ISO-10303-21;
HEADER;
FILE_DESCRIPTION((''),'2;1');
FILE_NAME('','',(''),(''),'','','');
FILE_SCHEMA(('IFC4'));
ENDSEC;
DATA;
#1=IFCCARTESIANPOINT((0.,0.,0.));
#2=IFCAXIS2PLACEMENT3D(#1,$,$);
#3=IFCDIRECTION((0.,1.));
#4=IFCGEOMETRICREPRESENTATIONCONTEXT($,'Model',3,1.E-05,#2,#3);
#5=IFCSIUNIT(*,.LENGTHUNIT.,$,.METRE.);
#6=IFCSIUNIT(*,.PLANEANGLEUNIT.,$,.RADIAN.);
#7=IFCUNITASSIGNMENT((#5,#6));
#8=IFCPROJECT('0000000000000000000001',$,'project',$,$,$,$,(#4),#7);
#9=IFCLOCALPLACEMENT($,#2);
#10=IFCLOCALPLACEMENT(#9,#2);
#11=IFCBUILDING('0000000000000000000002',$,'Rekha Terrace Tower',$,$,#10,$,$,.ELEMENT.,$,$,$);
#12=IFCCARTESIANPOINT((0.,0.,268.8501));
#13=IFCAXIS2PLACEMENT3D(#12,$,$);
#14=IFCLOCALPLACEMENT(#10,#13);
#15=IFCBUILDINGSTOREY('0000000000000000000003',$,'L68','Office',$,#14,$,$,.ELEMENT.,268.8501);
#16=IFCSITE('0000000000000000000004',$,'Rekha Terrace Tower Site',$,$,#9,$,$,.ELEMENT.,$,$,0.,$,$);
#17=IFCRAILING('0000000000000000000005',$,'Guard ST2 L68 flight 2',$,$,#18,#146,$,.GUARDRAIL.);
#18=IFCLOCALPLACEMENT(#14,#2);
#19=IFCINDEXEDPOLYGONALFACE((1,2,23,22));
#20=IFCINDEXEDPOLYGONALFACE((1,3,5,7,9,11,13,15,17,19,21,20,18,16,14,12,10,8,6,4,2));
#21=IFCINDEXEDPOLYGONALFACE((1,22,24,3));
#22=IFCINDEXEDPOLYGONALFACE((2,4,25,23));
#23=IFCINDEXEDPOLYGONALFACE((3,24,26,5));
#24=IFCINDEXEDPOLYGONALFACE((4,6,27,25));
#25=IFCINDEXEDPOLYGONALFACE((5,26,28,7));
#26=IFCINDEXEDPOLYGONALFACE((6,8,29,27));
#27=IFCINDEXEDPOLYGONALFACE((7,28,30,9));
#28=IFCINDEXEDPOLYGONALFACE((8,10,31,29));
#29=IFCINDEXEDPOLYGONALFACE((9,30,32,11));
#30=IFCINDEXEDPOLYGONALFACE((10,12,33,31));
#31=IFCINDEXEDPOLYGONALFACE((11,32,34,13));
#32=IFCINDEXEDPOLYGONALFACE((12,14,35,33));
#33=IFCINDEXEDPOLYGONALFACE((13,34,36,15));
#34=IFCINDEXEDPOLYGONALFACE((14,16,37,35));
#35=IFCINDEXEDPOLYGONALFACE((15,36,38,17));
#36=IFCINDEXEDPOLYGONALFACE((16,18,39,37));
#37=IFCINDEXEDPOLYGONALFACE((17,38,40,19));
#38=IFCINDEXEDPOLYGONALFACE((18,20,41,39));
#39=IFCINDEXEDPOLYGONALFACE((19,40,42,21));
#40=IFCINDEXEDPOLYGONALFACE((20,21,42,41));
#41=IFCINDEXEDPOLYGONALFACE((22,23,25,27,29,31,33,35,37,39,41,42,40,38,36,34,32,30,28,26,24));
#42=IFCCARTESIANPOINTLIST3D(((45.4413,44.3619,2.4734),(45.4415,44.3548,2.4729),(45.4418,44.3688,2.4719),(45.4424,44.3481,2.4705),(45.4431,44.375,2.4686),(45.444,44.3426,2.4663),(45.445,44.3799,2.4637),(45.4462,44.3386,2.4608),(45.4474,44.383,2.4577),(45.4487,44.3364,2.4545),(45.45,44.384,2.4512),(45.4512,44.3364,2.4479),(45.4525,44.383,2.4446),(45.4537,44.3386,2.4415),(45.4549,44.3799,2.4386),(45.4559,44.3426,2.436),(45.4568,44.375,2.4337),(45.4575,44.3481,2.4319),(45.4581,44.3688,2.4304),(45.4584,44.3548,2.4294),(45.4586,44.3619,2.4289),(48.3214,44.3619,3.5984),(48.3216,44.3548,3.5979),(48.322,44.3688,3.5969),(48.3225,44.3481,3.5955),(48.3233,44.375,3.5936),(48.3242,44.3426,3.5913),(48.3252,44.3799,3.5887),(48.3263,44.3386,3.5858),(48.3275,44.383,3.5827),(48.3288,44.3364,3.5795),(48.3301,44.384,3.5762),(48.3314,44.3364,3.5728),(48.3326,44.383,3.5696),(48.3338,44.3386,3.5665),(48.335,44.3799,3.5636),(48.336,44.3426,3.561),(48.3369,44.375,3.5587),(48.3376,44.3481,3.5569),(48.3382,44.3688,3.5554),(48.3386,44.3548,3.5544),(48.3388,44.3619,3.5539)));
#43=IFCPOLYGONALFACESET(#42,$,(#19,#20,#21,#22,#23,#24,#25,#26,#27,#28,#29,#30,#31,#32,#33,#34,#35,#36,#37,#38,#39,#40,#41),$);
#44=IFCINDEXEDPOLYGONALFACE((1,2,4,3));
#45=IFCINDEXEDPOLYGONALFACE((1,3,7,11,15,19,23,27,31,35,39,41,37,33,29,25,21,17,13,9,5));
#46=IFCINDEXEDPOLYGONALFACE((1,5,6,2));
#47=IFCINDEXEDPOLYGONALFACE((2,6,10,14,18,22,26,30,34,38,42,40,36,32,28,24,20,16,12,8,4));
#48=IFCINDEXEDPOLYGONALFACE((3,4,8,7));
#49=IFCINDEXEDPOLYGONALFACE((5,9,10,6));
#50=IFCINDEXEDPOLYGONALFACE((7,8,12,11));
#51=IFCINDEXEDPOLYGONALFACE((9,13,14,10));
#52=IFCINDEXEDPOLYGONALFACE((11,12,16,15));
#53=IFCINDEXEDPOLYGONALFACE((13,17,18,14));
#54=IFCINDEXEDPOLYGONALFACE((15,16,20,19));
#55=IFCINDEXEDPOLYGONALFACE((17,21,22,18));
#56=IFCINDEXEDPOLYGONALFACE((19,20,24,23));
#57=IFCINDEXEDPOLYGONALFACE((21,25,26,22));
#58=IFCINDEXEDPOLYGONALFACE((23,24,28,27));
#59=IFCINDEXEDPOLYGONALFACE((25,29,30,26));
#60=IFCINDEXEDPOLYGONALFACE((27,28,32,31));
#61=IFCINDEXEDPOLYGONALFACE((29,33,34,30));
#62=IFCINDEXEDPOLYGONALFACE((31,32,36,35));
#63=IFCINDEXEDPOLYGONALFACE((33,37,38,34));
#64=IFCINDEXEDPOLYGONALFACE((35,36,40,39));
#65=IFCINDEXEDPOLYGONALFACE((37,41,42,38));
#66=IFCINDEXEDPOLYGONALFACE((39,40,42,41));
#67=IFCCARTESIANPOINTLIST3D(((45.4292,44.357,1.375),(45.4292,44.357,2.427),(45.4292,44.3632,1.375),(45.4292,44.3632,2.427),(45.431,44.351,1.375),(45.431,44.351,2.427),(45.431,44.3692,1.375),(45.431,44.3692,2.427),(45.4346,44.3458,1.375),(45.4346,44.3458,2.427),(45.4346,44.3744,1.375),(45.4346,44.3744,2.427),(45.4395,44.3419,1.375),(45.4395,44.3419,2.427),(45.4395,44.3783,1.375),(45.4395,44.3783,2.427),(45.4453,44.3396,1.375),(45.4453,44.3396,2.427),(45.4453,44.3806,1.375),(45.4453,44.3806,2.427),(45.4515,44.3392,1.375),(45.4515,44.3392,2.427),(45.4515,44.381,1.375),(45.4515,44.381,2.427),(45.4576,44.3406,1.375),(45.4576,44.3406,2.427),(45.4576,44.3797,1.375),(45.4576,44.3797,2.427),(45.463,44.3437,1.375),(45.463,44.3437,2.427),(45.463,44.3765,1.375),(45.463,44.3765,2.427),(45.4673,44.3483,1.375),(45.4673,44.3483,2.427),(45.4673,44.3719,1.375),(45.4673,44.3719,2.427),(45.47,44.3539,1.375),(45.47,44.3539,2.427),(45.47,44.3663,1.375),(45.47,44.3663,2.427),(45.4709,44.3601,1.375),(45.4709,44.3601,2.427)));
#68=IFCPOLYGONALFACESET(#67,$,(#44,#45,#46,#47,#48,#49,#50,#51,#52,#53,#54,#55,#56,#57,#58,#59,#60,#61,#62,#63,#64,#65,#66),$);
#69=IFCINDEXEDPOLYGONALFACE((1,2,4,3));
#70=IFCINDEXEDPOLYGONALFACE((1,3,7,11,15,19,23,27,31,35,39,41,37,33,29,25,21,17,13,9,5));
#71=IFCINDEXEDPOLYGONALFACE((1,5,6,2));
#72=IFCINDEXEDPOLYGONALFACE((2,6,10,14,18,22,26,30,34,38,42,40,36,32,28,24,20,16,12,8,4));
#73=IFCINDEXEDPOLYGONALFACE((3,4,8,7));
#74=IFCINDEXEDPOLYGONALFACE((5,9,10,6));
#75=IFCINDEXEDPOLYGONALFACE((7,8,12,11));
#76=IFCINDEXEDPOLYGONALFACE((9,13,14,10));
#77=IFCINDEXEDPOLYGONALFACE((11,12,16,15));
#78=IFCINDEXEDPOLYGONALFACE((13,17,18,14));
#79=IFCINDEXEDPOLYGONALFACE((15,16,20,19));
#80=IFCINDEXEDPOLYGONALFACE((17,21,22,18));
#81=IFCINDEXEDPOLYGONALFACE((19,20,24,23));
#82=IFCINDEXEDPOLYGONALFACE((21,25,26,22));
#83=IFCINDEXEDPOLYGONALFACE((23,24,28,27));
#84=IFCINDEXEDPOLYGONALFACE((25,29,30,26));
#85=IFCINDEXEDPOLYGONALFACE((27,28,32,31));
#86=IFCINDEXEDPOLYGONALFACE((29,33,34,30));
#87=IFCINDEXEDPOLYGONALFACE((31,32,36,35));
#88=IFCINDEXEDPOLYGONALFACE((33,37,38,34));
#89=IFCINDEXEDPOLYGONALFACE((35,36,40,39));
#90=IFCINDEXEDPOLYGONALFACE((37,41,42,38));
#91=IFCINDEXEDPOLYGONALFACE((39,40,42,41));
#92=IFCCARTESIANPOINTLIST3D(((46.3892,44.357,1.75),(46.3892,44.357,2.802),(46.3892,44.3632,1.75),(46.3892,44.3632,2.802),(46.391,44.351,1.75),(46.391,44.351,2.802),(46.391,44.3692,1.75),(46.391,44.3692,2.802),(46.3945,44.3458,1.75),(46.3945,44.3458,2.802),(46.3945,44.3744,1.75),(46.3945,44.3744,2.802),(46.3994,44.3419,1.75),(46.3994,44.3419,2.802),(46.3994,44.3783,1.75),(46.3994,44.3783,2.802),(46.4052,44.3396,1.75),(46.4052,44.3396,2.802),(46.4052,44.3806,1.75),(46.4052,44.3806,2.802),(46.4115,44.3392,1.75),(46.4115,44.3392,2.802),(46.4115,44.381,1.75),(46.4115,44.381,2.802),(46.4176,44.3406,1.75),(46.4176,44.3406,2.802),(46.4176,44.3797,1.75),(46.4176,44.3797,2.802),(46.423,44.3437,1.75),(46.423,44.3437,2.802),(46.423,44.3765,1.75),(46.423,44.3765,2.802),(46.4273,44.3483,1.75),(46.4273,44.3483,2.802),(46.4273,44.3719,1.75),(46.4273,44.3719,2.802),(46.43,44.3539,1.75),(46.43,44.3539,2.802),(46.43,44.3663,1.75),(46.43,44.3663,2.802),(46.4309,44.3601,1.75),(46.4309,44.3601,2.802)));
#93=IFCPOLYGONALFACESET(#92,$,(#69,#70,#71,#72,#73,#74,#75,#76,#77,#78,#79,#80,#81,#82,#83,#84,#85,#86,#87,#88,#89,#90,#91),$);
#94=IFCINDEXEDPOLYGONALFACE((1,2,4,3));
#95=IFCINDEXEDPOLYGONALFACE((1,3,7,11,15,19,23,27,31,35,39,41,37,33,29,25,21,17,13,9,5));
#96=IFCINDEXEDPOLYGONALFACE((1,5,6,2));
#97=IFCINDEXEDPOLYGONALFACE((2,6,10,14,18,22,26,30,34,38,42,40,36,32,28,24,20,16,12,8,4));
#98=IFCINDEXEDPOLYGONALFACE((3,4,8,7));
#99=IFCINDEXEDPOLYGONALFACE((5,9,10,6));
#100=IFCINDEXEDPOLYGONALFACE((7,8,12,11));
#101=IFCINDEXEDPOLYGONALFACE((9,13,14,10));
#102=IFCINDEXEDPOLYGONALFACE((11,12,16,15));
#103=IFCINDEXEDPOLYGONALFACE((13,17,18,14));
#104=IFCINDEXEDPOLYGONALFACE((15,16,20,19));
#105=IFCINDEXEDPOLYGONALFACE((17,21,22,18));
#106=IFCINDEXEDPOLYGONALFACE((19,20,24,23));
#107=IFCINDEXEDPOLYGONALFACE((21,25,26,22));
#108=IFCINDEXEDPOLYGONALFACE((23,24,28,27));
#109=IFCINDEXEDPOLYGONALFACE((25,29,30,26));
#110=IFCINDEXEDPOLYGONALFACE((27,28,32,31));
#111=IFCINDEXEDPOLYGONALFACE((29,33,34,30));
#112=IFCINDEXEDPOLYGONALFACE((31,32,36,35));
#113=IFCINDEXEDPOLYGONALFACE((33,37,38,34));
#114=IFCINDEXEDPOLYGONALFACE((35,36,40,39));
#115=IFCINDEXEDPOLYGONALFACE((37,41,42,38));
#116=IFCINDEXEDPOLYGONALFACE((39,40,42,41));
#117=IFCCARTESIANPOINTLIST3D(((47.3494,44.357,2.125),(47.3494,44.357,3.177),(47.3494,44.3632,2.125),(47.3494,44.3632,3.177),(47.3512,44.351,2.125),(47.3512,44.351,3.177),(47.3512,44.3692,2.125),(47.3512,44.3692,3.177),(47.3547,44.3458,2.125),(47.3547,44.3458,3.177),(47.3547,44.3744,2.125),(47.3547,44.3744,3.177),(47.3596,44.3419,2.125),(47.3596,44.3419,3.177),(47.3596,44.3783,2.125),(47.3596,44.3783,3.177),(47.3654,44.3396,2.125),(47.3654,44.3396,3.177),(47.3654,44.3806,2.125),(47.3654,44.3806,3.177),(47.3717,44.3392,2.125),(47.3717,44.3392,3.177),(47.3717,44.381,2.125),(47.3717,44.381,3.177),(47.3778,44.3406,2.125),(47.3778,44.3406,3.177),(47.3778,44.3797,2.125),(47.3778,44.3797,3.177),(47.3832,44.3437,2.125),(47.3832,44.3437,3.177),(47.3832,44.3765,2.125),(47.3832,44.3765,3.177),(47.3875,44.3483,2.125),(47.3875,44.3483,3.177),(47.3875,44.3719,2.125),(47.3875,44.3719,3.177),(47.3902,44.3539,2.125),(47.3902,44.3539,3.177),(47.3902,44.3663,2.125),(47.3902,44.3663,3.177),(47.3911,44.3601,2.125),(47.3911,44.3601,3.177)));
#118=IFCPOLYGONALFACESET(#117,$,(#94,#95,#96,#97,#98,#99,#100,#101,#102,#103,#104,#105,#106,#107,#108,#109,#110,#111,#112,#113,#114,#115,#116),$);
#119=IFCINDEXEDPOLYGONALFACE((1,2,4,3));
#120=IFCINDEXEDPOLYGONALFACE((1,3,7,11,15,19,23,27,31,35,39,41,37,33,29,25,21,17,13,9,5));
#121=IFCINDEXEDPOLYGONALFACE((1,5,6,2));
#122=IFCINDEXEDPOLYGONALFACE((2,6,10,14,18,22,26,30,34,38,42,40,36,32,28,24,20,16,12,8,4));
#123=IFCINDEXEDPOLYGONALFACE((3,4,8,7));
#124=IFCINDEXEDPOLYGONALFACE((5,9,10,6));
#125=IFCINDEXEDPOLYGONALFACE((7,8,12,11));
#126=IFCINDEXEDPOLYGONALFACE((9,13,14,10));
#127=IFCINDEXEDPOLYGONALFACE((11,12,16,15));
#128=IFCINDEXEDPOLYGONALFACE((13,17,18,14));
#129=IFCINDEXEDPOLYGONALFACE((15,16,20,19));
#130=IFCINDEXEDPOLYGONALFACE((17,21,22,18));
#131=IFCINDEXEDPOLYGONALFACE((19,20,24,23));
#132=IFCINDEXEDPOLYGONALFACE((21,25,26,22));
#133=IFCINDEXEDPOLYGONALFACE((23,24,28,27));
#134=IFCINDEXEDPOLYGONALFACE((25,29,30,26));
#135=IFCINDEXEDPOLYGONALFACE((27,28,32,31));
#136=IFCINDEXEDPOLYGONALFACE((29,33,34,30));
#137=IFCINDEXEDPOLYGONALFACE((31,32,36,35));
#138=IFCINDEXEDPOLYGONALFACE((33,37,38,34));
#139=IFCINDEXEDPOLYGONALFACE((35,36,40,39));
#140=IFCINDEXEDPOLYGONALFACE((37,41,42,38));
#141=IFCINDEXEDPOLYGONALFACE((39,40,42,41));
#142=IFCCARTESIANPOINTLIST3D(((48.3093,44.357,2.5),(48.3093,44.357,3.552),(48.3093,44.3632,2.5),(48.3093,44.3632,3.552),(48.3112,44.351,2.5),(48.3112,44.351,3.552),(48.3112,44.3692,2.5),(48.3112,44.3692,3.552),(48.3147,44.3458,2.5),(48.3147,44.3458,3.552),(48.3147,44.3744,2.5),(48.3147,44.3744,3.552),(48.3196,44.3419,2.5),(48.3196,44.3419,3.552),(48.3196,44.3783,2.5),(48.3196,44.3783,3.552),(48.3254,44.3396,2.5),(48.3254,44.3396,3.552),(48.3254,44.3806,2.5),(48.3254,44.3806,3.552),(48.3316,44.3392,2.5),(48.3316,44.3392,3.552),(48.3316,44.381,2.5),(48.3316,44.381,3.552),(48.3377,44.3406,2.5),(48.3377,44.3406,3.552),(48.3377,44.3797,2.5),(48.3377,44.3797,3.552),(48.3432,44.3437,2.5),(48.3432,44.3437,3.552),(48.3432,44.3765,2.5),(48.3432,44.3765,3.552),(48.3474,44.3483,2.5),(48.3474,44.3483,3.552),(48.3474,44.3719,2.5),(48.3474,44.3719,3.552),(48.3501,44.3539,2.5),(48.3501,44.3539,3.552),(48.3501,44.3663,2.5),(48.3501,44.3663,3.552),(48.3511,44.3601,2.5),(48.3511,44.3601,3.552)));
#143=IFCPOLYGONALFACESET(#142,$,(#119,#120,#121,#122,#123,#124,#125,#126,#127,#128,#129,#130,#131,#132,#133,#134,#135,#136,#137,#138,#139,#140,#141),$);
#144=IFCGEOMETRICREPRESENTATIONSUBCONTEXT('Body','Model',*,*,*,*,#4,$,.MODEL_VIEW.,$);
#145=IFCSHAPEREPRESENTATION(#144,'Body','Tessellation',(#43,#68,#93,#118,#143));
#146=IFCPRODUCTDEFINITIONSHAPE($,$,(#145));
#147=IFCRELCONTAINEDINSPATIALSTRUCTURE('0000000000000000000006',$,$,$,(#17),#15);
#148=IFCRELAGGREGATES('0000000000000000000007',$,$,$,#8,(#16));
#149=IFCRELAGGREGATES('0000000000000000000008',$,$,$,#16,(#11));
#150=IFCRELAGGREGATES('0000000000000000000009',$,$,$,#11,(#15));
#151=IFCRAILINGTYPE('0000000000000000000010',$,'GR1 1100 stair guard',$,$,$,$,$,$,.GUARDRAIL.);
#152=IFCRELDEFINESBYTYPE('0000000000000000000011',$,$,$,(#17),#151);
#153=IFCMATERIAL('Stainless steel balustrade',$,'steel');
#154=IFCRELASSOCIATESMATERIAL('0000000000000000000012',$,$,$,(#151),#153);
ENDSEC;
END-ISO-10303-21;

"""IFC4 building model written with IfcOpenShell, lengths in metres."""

from ifc_helpers import new_model, si_unit, direction, frame, origin, origin_2d, place, context, subcontext, project, spatial, circle, extrude, material, type_object, element, save


model = new_model("IFC4")

# Units and contexts
model_context = context("Model", 3, precision=1e-05, world=origin(), true_north=direction((0.0, 1.0)))
body_context = subcontext(model_context, "Body", "Model", "MODEL_VIEW")
ifc_project = project(units=[si_unit("LENGTHUNIT", "METRE"), si_unit("PLANEANGLEUNIT", "RADIAN")], contexts=[model_context])

# Site, building, storey
site_placement = place(None, origin())
site = spatial("IfcSite", under=ifc_project, at=site_placement, Name="Rekha Terrace Tower Site", CompositionType="ELEMENT", RefElevation=0.0)
building_placement = place(site_placement, origin())
building = spatial("IfcBuilding", under=site, at=building_placement, Name="Rekha Terrace Tower", CompositionType="ELEMENT")
storey_placement = place(building_placement, frame((0.0, 0.0, 268.8501)))
storey = spatial("IfcBuildingStorey", under=building, at=storey_placement, Name="L68", Description="Office", CompositionType="ELEMENT", Elevation=268.8501)

# Railing
ifc_material_1 = material(Name="Stainless steel balustrade", Category="steel")
railing_type = type_object("IfcRailingType", Name="GR1 1100 stair guard", PredefinedType="GUARDRAIL", material=ifc_material_1)
railing_placement = place(storey_placement, frame((45.45, 44.3601, 1.375)))
element("IfcRailing", 1, at=railing_placement, inside=storey, type_object=railing_type, Name="Guard ST2 L68 flight 2", PredefinedType="GUARDRAIL", context=body_context, shape_type="SweptSolid", body=[
    extrude(circle(Radius=0.0239, at=origin_2d()), frame((0.0, 0.0, 1.0762), z_axis=(0.931463, 0.0, 0.363837), x_axis=(0.0, 1.0, 0.0)), (0.0, 0.0, 1.0), 3.092),
    extrude(circle(Radius=0.021, at=origin_2d()), origin(), (0.0, 0.0, 1.0), 1.052),
    extrude(circle(Radius=0.021, at=origin_2d()), frame((0.96, 0.0, 0.375)), (0.0, 0.0, 1.0), 1.052),
    extrude(circle(Radius=0.021, at=origin_2d()), frame((1.9202, 0.0, 0.75)), (0.0, 0.0, 1.0), 1.052),
    extrude(circle(Radius=0.021, at=origin_2d()), frame((2.8801, 0.0, 1.125)), (0.0, 0.0, 1.0), 1.052),
])

save(model, "model.ifc")
